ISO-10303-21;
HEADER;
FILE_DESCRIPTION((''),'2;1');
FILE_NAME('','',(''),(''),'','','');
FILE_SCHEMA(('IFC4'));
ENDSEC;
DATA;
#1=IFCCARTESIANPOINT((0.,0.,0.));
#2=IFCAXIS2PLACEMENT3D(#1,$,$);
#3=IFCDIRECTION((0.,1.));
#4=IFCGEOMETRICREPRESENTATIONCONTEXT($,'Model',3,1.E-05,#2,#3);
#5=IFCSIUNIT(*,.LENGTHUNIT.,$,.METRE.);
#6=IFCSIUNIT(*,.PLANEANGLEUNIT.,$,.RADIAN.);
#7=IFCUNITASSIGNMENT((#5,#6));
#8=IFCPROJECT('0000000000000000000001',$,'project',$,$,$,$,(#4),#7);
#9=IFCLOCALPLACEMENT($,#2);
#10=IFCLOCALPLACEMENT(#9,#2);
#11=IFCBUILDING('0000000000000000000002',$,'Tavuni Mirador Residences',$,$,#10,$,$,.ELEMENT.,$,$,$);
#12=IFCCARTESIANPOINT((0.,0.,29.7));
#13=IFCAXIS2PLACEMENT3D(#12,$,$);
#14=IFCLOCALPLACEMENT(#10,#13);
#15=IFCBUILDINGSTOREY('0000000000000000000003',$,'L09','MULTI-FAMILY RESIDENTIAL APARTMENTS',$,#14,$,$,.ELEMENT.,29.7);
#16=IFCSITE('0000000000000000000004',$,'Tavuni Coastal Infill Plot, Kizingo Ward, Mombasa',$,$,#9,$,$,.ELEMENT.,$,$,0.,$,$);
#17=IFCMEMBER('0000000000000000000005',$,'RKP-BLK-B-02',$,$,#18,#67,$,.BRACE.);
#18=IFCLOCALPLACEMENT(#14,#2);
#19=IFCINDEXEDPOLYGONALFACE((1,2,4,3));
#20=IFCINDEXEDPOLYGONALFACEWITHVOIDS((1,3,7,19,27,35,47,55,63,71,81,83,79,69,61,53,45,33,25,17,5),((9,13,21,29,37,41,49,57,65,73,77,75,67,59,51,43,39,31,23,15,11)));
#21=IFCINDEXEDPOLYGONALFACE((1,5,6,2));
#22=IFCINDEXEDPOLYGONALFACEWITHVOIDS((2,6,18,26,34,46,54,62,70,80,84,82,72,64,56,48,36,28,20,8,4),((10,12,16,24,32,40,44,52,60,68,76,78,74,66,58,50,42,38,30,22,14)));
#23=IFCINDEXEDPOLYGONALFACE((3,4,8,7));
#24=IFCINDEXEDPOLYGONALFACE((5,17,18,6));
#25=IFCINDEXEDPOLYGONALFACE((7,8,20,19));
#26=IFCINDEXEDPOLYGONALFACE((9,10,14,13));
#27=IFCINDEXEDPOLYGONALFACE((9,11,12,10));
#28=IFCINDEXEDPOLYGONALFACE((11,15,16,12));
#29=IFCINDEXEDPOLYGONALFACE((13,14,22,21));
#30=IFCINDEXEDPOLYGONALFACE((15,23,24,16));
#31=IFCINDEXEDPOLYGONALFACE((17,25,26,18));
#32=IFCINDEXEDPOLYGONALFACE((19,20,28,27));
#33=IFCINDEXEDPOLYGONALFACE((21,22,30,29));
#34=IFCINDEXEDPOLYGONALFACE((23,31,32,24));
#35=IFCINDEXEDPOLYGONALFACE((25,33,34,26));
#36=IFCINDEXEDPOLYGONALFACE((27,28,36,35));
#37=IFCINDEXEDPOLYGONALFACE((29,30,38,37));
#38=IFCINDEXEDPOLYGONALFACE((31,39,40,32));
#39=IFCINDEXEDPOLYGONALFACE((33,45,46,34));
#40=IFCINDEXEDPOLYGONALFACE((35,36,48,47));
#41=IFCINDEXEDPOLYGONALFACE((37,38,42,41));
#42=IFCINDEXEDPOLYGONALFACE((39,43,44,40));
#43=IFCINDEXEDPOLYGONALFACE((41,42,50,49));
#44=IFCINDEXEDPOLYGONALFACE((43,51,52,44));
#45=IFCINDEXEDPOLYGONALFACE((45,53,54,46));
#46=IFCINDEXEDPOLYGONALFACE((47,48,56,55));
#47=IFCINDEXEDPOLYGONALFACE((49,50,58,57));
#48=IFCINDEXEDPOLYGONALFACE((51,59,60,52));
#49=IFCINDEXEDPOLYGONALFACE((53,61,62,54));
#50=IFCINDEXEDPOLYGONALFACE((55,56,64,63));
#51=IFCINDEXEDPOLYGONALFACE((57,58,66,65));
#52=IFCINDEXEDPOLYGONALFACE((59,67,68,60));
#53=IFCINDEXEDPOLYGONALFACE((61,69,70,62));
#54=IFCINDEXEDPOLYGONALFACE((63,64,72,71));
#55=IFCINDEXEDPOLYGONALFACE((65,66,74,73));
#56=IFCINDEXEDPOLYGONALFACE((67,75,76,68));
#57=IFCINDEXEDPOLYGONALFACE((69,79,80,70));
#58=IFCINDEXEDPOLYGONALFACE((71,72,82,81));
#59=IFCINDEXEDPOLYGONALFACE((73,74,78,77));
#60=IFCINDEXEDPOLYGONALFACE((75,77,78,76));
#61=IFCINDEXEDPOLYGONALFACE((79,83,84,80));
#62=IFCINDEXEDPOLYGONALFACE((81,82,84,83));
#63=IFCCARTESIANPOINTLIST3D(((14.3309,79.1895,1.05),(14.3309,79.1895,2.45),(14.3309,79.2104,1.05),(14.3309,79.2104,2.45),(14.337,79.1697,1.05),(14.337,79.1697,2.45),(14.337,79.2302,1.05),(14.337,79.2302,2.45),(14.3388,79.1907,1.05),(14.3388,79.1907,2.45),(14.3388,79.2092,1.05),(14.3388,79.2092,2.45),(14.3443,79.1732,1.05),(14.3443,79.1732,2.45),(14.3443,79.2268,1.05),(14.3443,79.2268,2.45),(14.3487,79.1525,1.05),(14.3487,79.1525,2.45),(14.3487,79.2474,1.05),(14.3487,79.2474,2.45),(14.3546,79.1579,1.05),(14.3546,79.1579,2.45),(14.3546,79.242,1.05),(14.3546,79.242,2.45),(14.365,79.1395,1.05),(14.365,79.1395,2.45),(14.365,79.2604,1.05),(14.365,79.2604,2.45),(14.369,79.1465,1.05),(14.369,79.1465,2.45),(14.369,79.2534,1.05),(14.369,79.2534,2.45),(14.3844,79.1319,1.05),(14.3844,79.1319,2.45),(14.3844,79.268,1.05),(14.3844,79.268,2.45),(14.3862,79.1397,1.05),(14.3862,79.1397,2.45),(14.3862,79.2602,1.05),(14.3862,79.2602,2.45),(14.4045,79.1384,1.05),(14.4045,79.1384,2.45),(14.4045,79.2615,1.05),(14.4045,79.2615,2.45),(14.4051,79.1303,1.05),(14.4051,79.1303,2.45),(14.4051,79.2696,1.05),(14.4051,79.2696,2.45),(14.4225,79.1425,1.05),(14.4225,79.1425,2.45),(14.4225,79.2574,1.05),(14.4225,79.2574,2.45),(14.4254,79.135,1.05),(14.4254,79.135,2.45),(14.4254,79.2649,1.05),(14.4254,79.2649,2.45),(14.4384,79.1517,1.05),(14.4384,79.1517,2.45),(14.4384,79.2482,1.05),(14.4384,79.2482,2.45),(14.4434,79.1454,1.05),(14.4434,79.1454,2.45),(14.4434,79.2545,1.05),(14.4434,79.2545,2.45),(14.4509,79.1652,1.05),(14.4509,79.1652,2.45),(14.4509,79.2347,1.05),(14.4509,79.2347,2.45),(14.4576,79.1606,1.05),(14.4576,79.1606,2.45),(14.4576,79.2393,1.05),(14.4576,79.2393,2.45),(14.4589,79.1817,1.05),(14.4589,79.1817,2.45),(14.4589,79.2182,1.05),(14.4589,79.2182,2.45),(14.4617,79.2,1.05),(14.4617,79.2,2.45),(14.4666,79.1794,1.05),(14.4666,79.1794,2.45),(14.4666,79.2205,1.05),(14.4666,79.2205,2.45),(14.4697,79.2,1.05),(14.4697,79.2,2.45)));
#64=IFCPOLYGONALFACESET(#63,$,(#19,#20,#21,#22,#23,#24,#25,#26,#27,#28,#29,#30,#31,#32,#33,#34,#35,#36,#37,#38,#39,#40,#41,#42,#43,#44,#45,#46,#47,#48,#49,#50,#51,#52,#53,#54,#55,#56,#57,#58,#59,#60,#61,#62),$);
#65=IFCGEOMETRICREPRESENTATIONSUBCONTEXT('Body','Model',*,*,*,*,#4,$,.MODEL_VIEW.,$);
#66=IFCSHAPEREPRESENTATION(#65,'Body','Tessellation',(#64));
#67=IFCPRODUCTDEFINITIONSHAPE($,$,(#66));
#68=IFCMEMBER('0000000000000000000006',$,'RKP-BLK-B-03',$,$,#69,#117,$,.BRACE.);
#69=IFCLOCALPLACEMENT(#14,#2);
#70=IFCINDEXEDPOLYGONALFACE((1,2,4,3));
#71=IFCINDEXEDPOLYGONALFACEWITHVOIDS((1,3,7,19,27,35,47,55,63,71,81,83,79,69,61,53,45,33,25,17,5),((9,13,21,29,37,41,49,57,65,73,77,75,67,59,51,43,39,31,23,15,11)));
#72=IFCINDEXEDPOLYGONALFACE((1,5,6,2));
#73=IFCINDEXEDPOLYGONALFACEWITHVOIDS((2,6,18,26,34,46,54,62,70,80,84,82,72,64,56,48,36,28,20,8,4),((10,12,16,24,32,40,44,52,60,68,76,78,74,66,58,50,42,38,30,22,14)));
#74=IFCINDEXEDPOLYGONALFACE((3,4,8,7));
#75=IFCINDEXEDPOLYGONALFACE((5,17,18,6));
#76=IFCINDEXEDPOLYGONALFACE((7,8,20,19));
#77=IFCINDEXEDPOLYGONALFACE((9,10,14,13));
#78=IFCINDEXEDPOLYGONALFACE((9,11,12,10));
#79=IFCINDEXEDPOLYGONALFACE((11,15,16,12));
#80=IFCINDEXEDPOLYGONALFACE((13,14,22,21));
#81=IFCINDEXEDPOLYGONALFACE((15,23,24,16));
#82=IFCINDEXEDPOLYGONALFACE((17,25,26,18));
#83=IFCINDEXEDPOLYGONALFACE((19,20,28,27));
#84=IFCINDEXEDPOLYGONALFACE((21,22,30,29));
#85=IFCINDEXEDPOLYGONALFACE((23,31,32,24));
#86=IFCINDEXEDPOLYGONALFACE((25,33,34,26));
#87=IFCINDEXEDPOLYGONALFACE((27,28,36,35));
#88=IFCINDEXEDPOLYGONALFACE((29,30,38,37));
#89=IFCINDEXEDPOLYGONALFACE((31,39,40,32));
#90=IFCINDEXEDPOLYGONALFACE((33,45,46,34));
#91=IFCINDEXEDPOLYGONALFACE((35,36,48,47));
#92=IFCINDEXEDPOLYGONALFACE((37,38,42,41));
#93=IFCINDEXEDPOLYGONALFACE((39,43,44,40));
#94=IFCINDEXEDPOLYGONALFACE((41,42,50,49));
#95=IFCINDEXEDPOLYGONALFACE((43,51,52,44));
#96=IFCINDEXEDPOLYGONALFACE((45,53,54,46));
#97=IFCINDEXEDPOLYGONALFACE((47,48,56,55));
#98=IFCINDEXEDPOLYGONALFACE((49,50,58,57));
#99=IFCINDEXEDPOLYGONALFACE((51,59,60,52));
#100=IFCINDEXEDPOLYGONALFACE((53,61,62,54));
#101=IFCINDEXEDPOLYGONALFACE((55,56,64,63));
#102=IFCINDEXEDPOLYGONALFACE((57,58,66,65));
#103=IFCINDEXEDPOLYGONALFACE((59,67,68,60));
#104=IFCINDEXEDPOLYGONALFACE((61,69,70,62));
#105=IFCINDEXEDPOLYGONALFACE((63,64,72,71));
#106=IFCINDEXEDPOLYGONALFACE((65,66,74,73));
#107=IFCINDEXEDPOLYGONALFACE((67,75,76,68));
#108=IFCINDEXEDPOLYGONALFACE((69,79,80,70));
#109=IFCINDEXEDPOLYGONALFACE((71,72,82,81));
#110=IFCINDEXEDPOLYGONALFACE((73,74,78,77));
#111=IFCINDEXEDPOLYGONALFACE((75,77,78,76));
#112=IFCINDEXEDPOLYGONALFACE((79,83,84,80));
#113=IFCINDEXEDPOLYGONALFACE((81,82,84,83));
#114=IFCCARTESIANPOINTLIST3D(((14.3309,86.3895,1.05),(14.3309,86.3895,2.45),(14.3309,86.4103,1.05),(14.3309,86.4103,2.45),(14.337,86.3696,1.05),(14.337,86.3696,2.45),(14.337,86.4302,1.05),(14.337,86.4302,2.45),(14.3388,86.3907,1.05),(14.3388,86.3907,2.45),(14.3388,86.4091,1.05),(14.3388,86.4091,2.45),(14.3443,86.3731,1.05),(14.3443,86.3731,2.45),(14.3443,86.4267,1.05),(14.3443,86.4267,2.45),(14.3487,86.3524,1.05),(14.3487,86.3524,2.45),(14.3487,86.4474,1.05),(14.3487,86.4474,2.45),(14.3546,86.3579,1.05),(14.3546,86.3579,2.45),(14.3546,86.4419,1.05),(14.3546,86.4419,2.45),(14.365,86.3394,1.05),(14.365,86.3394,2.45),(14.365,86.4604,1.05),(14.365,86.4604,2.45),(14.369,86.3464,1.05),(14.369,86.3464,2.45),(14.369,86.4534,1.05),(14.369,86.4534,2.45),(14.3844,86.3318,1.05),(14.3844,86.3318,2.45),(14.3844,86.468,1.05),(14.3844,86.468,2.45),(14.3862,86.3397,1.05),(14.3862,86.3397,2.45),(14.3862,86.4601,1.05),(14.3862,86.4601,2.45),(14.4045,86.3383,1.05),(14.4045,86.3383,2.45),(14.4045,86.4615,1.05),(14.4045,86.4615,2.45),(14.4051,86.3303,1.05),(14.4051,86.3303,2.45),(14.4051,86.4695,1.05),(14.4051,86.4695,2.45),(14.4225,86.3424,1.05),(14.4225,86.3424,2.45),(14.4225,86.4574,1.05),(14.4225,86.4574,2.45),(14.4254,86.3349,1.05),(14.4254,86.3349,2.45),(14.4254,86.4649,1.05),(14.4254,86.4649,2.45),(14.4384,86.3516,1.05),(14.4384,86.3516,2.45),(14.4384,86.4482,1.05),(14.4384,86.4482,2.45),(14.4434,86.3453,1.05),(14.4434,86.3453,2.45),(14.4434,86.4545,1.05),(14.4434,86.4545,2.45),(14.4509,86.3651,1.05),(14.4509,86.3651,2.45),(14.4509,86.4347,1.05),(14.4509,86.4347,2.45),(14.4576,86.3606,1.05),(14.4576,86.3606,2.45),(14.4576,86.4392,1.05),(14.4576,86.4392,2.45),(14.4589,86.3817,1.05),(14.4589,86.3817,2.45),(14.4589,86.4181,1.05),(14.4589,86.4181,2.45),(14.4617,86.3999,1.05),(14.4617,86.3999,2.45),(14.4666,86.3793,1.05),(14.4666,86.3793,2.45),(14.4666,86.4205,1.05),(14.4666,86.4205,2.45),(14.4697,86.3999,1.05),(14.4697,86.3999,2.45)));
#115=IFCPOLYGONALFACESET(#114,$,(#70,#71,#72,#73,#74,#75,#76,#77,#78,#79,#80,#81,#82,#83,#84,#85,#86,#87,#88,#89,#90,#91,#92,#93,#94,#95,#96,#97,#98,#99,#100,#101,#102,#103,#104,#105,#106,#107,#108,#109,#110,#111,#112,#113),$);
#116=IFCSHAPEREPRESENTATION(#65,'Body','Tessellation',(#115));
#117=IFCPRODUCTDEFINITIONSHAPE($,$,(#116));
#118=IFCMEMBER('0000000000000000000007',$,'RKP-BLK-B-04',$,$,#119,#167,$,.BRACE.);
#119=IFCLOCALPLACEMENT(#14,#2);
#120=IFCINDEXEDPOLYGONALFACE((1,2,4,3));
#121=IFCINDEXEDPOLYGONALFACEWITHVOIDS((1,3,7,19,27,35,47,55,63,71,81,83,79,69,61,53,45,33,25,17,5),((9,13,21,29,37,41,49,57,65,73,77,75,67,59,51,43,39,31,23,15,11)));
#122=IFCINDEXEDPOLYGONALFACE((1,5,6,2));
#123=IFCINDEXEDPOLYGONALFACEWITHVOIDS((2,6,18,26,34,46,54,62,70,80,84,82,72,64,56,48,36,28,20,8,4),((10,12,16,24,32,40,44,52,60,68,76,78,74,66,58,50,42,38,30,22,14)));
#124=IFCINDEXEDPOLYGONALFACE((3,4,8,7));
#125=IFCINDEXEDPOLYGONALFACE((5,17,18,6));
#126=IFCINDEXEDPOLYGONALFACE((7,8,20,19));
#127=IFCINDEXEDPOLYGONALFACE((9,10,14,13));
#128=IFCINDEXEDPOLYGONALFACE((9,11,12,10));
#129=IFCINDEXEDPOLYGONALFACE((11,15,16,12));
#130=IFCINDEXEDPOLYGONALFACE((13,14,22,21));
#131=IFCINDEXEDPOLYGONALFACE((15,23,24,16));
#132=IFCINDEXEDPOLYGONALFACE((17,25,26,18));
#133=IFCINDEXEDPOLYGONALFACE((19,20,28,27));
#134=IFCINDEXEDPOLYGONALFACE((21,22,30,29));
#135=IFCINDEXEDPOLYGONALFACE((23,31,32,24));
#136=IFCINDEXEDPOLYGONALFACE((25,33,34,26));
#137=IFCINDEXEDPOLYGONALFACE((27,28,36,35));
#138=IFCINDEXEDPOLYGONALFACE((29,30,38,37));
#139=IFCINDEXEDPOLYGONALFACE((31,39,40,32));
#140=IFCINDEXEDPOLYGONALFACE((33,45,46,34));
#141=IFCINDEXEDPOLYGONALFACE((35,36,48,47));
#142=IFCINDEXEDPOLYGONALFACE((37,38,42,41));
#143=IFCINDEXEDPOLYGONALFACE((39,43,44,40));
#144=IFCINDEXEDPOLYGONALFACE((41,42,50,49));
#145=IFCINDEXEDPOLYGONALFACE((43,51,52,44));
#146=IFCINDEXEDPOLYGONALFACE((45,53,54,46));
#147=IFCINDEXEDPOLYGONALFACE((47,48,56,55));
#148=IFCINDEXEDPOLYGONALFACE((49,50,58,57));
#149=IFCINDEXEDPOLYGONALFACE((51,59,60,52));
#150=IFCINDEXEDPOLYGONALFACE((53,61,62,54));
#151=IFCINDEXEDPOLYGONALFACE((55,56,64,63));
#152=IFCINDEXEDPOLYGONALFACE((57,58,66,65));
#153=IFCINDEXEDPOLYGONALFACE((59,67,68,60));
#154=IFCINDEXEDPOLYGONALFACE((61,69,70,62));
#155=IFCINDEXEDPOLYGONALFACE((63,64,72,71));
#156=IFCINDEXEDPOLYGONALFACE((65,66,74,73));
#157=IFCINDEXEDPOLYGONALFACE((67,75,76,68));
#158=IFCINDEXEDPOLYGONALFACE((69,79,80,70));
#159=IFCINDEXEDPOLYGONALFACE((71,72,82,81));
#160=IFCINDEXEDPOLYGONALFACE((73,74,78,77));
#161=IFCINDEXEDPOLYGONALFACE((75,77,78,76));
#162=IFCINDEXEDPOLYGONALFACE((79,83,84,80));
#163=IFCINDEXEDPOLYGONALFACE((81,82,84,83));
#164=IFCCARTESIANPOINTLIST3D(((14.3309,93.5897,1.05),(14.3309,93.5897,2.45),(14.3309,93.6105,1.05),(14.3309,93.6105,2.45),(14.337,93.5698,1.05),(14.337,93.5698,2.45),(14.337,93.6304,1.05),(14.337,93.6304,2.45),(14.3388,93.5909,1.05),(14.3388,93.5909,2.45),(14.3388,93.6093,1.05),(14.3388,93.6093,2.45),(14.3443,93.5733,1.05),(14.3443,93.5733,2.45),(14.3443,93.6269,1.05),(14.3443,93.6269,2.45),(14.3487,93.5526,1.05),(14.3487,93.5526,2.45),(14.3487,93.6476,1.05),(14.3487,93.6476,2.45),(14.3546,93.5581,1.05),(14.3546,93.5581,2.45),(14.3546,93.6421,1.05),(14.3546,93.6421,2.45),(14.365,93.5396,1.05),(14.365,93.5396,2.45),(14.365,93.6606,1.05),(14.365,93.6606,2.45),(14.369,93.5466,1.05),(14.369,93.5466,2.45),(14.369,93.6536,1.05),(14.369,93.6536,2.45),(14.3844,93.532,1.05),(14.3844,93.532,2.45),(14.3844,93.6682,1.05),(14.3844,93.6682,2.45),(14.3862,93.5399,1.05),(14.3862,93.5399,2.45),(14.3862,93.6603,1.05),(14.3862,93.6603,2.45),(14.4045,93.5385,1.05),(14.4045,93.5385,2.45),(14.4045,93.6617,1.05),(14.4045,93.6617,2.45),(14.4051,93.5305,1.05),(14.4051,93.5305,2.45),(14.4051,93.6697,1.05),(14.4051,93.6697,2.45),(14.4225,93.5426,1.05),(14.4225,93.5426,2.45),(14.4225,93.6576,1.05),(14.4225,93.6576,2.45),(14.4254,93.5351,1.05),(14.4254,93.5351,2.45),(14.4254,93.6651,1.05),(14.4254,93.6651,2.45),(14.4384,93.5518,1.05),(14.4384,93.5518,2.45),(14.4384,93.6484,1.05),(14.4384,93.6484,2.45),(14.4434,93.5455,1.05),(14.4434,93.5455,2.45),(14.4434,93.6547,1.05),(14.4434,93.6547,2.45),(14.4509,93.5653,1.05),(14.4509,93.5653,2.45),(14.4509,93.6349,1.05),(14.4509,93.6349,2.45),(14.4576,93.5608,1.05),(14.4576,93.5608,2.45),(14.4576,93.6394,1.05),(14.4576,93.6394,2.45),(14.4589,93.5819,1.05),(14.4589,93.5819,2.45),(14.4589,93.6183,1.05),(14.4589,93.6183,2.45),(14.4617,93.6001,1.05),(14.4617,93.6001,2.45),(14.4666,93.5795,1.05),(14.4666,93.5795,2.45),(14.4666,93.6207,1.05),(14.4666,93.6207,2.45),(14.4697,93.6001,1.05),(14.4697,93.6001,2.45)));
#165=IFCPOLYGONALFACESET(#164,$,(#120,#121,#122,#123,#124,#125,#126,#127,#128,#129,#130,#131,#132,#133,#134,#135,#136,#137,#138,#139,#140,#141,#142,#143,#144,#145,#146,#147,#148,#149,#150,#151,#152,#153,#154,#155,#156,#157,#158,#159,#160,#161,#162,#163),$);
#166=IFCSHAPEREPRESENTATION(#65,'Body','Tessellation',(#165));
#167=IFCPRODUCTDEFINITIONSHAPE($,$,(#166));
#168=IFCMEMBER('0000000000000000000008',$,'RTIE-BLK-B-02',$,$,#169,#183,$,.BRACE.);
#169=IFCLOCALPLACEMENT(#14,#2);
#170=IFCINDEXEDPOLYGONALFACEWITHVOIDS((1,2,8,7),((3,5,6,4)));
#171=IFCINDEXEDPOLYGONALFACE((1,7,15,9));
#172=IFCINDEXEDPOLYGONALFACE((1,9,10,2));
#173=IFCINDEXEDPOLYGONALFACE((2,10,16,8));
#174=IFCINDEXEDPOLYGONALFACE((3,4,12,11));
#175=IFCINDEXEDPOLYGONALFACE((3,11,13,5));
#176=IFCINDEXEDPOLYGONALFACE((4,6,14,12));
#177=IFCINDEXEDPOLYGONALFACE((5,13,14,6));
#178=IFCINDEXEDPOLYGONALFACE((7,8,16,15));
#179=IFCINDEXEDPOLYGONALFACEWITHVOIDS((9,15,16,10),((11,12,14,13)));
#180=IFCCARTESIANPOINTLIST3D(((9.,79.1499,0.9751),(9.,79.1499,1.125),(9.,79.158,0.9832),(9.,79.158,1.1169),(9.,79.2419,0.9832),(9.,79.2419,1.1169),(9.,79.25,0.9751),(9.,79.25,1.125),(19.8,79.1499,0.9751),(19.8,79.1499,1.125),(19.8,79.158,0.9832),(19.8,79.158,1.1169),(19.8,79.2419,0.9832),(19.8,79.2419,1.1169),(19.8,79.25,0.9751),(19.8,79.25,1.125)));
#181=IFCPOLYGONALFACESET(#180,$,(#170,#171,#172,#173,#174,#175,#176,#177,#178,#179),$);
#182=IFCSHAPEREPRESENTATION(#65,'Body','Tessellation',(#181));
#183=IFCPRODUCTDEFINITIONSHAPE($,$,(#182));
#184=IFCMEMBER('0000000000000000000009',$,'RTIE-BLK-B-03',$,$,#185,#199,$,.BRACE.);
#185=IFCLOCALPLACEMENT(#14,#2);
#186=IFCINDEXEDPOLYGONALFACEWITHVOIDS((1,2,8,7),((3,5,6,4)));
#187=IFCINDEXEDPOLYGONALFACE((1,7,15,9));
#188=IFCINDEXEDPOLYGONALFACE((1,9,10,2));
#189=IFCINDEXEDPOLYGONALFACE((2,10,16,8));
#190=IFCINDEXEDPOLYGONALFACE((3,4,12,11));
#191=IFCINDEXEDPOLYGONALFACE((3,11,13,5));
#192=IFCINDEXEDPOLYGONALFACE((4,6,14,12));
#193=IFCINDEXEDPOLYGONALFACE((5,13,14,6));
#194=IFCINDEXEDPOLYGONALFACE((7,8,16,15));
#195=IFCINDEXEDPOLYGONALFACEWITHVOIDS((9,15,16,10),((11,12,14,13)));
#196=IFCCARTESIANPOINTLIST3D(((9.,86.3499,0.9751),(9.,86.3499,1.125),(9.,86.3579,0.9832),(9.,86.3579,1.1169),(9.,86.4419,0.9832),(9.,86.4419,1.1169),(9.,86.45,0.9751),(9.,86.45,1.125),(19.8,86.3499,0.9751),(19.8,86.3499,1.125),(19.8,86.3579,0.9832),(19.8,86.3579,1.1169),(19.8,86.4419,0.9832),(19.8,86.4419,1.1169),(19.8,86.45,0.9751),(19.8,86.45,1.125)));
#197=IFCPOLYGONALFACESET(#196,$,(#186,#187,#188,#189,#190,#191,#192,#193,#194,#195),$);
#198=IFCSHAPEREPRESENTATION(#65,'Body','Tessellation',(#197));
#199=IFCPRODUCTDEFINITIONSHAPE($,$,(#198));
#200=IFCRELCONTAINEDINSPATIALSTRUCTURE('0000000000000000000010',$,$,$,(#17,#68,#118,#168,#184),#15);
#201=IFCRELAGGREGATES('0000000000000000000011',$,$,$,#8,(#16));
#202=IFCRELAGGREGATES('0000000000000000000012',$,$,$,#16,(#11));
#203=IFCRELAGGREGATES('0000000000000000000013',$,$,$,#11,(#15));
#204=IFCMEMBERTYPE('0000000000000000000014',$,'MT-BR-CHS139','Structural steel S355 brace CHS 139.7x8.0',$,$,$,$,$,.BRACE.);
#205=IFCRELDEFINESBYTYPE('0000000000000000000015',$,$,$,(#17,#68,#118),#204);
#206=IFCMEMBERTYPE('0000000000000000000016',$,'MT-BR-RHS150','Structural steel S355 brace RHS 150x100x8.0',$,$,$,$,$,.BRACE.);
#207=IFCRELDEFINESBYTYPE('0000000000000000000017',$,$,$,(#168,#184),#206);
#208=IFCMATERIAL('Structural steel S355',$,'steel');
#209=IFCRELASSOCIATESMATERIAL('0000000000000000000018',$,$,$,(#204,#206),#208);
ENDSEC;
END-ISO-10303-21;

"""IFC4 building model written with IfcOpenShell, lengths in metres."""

from ifc_helpers import new_model, si_unit, direction, frame, origin, origin_2d, place, context, subcontext, project, spatial, hollow_rectangle, hollow_circle, extrude, material, material_profile, profile_set, type_object, element, save


model = new_model("IFC4")

# Units and contexts
model_context = context("Model", 3, precision=1e-05, world=origin(), true_north=direction((0.0, 1.0)))
body_context = subcontext(model_context, "Body", "Model", "MODEL_VIEW")
ifc_project = project(units=[si_unit("LENGTHUNIT", "METRE"), si_unit("PLANEANGLEUNIT", "RADIAN")], contexts=[model_context])

# Site, building, storey
site_placement = place(None, origin())
site = spatial("IfcSite", under=ifc_project, at=site_placement, Name="Tavuni Coastal Infill Plot, Kizingo Ward, Mombasa", CompositionType="ELEMENT", RefElevation=0.0)
building_placement = place(site_placement, origin())
building = spatial("IfcBuilding", under=site, at=building_placement, Name="Tavuni Mirador Residences", CompositionType="ELEMENT")
storey_placement = place(building_placement, frame((0.0, 0.0, 29.7)))
storey = spatial("IfcBuildingStorey", under=building, at=storey_placement, Name="L09", Description="MULTI-FAMILY RESIDENTIAL APARTMENTS", CompositionType="ELEMENT", Elevation=29.7)

# Members
ifc_material_1 = material(Name="Structural steel S355", Category="steel")
ifc_material_profile_1 = material_profile(ifc_material_1, hollow_circle(Radius=0.0698, WallThickness=0.0081, at=origin_2d()), Name="CHS 139.7x8.0", Category="steel")
ifc_profile_set_1 = profile_set([ifc_material_profile_1], Name="Structural steel S355")
member_type_1 = type_object("IfcMemberType", Name="MT-BR-CHS139", Description="Structural steel S355 brace CHS 139.7x8.0", PredefinedType="BRACE", material=ifc_profile_set_1)
for number, where, z_axis, x_axis, name in (
    (1, (14.3999, 79.2, 1.05), (0.0, 0.0, 1.0), (1.0, 0.0, 0.0), "RKP-BLK-B-02"),
    (2, (14.3999, 86.3999, 1.05), (0.0, 0.0, 1.0), (1.0, 0.0, 0.0), "RKP-BLK-B-03"),
    (3, (14.3999, 93.6001, 1.05), (0.0, 0.0, 1.0), (1.0, 0.0, 0.0), "RKP-BLK-B-04"),
):
    element("IfcMember", number, at=place(storey_placement, frame(where, z_axis=z_axis, x_axis=x_axis)), inside=storey, type_object=member_type_1, Name=name, PredefinedType="BRACE", context=body_context, shape_type="SweptSolid", body=[
        extrude(hollow_circle(Radius=0.0698, WallThickness=0.0081, at=origin_2d()), origin(), (0.0, 0.0, 1.0), 1.3999),
    ])
ifc_material_profile_2 = material_profile(ifc_material_1, hollow_rectangle(XDim=0.1001, YDim=0.1499, WallThickness=0.0081, at=origin_2d()), Name="RHS 150x100x8.0", Category="steel")
ifc_profile_set_2 = profile_set([ifc_material_profile_2], Name="Structural steel S355")
member_type_2 = type_object("IfcMemberType", Name="MT-BR-RHS150", Description="Structural steel S355 brace RHS 150x100x8.0", PredefinedType="BRACE", material=ifc_profile_set_2)
for number, where, z_axis, x_axis, name in (
    (4, (9.0, 79.2, 1.05), (1.0, 0.0, 0.0), (0.0, 1.0, 0.0), "RTIE-BLK-B-02"),
    (5, (9.0, 86.3999, 1.05), (1.0, 0.0, 0.0), (0.0, 1.0, 0.0), "RTIE-BLK-B-03"),
):
    element("IfcMember", number, at=place(storey_placement, frame(where, z_axis=z_axis, x_axis=x_axis)), inside=storey, type_object=member_type_2, Name=name, PredefinedType="BRACE", context=body_context, shape_type="SweptSolid", body=[
        extrude(hollow_rectangle(XDim=0.1001, YDim=0.1499, WallThickness=0.0081, at=origin_2d()), origin(), (0.0, 0.0, 1.0), 10.8),
    ])

save(model, "model.ifc")
